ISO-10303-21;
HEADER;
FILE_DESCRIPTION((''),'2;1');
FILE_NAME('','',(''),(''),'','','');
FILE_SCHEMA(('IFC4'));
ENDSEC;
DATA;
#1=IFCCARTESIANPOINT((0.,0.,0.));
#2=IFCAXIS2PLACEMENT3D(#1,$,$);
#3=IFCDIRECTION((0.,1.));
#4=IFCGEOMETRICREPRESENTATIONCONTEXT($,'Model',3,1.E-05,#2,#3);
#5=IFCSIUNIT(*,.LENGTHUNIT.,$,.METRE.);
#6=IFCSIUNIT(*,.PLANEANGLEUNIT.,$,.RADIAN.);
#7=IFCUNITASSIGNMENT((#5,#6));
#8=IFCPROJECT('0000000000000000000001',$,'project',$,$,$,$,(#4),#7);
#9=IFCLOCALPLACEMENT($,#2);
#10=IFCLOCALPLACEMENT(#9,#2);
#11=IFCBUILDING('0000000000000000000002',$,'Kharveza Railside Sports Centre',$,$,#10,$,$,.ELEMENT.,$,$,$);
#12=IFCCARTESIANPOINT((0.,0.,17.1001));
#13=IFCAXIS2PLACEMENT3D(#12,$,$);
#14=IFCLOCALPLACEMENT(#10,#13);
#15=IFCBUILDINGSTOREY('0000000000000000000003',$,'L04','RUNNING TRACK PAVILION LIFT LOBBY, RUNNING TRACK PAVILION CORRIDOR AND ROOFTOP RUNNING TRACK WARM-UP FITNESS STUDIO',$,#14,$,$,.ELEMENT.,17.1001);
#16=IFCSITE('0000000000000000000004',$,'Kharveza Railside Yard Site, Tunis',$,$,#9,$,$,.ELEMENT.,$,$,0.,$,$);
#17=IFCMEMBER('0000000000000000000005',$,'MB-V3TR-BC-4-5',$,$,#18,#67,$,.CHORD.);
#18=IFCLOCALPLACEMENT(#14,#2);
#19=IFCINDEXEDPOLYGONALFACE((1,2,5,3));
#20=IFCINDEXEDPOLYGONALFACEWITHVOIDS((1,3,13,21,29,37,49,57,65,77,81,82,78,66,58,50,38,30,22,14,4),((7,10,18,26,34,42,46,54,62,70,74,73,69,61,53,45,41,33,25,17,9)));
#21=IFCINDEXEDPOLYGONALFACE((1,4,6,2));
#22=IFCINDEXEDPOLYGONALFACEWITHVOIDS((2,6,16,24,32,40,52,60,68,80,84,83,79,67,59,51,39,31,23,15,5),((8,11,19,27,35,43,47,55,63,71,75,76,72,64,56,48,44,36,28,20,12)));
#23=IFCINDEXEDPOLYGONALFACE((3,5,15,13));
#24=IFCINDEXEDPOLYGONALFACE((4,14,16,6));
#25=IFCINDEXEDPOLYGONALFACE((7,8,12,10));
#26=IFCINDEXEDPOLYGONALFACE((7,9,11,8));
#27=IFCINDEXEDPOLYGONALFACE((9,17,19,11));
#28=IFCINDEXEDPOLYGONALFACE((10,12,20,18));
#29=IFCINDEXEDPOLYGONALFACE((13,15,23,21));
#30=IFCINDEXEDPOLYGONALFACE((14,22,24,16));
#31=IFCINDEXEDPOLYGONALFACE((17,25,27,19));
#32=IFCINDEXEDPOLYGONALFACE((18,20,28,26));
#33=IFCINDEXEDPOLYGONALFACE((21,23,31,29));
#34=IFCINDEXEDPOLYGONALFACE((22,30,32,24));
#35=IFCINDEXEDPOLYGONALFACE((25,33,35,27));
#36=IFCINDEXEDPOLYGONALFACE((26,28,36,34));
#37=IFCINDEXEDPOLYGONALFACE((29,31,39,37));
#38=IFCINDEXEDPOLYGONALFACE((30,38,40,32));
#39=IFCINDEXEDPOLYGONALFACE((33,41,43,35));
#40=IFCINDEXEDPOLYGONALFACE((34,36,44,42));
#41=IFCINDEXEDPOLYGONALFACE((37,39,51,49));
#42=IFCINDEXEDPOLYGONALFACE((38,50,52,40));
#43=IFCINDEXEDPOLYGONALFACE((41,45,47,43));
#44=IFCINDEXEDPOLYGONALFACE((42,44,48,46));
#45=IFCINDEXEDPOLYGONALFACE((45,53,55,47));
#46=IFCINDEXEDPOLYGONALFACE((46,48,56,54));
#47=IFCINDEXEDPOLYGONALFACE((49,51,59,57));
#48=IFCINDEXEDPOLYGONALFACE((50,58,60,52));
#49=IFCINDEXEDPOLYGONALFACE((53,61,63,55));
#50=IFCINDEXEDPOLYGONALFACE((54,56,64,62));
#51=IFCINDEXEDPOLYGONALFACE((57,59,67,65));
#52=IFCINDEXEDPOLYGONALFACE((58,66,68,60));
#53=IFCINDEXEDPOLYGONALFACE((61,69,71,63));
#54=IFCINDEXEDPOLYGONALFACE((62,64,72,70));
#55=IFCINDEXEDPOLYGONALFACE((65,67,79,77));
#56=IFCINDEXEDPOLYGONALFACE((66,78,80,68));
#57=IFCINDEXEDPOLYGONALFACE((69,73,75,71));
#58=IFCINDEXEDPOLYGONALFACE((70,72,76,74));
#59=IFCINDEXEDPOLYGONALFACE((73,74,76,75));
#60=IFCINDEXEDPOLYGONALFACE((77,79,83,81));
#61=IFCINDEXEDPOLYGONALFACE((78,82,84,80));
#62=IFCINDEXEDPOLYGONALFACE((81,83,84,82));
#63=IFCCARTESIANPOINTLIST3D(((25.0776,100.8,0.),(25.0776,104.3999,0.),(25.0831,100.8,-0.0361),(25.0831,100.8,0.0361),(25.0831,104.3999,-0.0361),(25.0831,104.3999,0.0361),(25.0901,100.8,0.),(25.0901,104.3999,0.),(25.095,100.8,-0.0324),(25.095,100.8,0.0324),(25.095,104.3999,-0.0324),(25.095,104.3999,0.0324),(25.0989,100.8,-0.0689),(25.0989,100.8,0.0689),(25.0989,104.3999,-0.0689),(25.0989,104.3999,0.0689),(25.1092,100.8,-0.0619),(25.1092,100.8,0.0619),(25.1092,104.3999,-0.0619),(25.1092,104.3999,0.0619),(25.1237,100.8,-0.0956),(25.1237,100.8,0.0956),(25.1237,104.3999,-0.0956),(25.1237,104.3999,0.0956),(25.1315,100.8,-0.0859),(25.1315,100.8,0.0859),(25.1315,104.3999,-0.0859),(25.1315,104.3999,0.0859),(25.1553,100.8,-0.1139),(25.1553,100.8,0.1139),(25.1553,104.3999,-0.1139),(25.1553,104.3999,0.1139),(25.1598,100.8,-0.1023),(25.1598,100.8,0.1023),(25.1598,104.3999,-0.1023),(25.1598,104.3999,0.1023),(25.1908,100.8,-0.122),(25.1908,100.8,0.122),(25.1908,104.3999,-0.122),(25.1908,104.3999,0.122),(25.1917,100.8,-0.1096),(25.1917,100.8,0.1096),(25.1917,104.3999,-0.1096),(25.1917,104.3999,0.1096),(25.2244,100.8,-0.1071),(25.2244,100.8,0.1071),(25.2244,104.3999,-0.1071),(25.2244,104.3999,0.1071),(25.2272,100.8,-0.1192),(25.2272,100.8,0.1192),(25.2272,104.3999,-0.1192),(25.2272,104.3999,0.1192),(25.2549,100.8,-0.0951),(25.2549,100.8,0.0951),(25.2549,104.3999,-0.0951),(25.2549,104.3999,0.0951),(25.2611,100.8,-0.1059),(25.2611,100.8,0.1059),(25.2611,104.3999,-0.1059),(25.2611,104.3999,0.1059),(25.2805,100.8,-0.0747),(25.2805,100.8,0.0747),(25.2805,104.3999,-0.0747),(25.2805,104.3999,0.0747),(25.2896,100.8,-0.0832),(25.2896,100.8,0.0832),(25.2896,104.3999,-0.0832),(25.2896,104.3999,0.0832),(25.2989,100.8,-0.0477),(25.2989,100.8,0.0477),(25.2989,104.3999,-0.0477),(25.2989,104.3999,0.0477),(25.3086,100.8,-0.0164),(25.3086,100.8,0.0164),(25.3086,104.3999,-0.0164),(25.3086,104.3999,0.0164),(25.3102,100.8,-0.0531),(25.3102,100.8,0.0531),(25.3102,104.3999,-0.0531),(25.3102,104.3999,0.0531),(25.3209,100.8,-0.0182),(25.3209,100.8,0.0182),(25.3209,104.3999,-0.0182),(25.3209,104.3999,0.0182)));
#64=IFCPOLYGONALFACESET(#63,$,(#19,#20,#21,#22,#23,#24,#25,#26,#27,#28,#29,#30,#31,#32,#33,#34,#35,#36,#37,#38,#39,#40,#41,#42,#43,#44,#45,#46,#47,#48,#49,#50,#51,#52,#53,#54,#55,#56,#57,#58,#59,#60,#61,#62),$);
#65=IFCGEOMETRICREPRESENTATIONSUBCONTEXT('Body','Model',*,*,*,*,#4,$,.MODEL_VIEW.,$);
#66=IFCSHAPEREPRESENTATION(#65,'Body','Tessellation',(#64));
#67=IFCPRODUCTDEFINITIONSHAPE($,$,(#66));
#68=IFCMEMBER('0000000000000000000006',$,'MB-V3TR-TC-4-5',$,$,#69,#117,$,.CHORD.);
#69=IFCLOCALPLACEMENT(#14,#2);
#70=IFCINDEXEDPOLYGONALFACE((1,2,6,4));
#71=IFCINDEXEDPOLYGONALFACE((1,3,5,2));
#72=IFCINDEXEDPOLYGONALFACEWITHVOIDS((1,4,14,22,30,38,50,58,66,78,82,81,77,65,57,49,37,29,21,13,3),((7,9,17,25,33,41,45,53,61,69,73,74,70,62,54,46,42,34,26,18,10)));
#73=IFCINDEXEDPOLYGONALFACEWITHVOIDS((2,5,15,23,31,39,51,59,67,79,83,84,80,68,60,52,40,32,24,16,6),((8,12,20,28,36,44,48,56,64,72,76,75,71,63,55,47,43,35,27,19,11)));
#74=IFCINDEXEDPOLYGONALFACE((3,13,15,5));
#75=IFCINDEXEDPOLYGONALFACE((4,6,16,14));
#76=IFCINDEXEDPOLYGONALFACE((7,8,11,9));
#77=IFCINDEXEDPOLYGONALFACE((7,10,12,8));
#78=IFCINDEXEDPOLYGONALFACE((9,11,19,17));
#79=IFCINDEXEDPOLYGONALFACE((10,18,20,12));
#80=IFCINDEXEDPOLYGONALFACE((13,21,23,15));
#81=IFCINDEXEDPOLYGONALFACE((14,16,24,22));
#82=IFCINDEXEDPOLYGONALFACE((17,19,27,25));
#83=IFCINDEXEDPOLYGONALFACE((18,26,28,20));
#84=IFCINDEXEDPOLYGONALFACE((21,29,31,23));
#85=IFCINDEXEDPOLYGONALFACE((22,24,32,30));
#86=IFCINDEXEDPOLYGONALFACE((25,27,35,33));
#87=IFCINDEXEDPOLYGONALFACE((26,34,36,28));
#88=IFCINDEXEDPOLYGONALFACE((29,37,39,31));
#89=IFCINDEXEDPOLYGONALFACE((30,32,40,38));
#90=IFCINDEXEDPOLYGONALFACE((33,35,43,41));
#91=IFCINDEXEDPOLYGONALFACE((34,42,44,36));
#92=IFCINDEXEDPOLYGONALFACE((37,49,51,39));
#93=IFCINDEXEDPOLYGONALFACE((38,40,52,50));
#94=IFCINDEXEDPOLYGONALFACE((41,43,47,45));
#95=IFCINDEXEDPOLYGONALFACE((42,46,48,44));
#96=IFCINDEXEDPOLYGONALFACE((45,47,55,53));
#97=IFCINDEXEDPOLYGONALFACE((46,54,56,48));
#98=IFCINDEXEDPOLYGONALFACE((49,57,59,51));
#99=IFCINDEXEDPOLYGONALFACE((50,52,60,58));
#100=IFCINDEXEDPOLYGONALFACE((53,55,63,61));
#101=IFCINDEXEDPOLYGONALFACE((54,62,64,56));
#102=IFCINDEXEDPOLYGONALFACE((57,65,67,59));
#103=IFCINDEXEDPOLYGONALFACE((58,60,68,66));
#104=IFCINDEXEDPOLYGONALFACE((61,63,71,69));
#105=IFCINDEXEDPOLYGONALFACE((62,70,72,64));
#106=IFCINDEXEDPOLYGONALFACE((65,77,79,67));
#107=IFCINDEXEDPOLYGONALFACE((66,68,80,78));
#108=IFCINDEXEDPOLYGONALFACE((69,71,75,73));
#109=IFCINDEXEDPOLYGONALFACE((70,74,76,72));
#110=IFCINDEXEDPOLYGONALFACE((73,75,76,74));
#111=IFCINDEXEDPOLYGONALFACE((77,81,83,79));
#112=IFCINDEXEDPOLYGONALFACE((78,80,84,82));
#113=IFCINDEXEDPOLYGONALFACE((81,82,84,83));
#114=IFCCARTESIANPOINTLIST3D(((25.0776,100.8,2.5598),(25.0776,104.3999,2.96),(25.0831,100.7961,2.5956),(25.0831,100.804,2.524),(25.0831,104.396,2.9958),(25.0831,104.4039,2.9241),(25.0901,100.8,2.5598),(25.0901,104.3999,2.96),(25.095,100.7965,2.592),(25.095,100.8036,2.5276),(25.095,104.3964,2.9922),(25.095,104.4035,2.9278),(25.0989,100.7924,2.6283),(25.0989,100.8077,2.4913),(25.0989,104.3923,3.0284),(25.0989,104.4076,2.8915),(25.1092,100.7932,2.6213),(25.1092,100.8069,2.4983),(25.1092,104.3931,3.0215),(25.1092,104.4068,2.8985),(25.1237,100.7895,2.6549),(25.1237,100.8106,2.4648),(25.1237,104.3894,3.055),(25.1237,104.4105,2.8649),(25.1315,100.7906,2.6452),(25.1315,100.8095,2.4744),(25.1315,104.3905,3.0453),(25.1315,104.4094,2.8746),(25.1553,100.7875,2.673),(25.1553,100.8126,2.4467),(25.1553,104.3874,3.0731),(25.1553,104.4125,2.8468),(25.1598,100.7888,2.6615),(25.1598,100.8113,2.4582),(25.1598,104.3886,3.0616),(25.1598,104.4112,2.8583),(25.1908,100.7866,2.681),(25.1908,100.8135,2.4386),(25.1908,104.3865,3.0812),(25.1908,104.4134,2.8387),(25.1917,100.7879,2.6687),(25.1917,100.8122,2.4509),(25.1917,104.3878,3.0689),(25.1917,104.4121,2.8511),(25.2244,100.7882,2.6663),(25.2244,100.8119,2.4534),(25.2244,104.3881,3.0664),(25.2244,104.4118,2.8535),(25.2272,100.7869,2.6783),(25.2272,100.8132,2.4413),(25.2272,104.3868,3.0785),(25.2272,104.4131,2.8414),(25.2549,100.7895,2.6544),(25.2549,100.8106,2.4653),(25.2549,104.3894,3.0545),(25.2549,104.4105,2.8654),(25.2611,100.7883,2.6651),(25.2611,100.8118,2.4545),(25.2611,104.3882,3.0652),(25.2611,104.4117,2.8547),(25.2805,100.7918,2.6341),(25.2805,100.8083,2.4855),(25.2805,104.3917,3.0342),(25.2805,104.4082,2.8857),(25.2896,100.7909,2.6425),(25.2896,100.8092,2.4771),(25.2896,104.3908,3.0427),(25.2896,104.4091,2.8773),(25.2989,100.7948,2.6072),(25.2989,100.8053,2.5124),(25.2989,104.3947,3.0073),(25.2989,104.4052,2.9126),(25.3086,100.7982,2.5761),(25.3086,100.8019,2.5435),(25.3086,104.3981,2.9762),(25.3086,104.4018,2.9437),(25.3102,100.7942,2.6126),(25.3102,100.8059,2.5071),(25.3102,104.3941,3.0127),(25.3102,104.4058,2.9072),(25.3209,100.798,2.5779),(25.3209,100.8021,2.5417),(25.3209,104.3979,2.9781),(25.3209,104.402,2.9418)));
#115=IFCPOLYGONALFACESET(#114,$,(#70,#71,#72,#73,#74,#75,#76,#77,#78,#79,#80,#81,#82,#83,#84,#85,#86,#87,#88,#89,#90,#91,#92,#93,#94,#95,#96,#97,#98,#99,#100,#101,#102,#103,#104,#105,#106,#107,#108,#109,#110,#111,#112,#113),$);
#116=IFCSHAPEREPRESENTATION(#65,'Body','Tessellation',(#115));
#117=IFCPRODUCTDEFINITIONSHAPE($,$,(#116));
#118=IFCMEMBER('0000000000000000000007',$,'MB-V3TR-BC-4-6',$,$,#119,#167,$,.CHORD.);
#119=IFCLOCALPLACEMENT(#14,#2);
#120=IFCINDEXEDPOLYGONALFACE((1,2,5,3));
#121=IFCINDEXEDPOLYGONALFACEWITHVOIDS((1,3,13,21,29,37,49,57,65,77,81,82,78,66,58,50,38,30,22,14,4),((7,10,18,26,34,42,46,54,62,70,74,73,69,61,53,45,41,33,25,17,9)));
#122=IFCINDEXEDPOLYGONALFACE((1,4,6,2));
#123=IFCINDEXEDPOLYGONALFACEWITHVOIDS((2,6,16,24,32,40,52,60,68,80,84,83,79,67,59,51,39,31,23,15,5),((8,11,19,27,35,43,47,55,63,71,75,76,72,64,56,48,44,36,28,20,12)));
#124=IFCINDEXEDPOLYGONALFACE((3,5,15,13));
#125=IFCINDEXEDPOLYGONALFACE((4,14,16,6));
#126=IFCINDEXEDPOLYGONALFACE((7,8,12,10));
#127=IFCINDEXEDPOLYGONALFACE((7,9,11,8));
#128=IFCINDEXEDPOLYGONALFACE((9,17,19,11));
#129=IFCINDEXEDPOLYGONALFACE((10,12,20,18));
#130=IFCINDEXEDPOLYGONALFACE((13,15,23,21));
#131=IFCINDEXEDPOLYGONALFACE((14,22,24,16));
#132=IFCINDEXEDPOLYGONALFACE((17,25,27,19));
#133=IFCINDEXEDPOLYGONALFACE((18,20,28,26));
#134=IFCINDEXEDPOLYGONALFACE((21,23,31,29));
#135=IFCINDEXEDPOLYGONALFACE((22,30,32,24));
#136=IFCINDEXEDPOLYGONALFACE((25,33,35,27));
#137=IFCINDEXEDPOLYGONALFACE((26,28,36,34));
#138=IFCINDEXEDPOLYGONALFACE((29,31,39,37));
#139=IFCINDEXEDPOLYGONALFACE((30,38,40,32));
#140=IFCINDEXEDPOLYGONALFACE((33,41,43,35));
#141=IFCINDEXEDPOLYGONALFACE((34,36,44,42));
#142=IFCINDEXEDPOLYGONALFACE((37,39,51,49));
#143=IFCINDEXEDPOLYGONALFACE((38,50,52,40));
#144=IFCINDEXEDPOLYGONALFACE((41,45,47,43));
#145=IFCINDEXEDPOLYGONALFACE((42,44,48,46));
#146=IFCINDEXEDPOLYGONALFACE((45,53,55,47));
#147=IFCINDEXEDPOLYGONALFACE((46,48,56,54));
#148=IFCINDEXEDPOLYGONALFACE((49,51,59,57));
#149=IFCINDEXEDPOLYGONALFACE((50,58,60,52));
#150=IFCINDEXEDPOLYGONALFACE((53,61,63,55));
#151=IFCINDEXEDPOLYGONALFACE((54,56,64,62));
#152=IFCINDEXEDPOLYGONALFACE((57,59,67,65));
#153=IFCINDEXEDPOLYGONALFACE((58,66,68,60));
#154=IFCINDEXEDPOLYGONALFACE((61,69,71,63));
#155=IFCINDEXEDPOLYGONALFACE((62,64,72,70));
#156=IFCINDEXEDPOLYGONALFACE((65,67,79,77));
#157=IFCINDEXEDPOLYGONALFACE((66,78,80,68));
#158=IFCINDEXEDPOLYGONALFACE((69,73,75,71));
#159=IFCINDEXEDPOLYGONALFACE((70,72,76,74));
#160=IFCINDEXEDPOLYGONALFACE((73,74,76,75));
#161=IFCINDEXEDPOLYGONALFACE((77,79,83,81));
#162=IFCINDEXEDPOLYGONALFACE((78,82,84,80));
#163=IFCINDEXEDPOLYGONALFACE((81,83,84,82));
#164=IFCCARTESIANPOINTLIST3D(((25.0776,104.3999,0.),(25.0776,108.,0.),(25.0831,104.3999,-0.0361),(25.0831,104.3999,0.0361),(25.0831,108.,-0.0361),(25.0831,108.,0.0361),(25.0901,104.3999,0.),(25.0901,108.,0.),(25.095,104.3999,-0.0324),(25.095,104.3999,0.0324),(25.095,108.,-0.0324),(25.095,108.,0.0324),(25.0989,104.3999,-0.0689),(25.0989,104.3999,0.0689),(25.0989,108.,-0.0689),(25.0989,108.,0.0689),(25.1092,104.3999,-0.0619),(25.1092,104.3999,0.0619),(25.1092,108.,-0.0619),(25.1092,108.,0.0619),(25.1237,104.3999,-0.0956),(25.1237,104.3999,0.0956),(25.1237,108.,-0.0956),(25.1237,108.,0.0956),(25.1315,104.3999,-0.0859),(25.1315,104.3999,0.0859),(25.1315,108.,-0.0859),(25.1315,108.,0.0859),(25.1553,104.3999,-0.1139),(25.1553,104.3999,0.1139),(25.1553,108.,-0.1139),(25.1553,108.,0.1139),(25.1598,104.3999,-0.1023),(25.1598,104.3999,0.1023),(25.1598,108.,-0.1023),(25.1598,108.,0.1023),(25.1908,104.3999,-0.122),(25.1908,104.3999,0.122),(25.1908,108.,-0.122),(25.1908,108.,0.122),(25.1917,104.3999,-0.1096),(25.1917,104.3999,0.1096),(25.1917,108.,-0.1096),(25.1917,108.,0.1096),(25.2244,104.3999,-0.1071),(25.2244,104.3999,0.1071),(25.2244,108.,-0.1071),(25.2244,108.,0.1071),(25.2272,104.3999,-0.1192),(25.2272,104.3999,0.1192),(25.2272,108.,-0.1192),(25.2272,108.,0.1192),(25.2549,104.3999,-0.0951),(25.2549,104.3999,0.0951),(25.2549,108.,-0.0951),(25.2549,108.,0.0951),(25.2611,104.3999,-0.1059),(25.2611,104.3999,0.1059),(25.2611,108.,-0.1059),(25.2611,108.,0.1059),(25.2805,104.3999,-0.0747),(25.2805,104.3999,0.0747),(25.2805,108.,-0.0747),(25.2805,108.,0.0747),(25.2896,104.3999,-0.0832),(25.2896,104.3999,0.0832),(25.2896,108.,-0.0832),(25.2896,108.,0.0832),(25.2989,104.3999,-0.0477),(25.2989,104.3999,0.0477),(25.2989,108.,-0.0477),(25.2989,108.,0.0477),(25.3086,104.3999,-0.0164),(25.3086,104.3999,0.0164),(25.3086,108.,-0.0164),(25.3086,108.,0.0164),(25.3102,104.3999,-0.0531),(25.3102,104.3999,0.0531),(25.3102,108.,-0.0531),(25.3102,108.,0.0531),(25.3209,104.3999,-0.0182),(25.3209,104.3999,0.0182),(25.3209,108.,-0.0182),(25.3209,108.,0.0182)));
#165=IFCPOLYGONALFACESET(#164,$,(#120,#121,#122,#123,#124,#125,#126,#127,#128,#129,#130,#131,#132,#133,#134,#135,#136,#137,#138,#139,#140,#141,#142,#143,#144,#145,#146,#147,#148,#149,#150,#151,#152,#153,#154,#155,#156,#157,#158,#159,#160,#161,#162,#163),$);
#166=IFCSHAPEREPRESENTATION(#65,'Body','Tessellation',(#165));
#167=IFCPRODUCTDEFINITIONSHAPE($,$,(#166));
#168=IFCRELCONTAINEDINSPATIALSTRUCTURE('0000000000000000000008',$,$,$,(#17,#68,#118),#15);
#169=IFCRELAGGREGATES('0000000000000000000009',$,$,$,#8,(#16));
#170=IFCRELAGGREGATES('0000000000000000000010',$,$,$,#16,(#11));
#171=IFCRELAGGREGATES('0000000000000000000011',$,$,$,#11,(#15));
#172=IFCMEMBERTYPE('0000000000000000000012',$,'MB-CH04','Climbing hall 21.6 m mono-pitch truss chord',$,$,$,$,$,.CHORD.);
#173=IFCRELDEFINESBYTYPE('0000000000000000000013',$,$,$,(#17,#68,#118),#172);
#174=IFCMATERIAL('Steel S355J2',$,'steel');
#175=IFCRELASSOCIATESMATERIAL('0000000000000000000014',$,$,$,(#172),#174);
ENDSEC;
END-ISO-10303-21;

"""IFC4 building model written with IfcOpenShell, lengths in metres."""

from ifc_helpers import new_model, si_unit, direction, frame, origin, origin_2d, place, context, subcontext, project, spatial, hollow_circle, extrude, material, material_profile, profile_set, type_object, element, save


model = new_model("IFC4")

# Units and contexts
model_context = context("Model", 3, precision=1e-05, world=origin(), true_north=direction((0.0, 1.0)))
body_context = subcontext(model_context, "Body", "Model", "MODEL_VIEW")
ifc_project = project(units=[si_unit("LENGTHUNIT", "METRE"), si_unit("PLANEANGLEUNIT", "RADIAN")], contexts=[model_context])

# Site, building, storey
site_placement = place(None, origin())
site = spatial("IfcSite", under=ifc_project, at=site_placement, Name="Kharveza Railside Yard Site, Tunis", CompositionType="ELEMENT", RefElevation=0.0)
building_placement = place(site_placement, origin())
building = spatial("IfcBuilding", under=site, at=building_placement, Name="Kharveza Railside Sports Centre", CompositionType="ELEMENT")
storey_placement = place(building_placement, frame((0.0, 0.0, 17.1001)))
storey = spatial("IfcBuildingStorey", under=building, at=storey_placement, Name="L04", Description="RUNNING TRACK PAVILION LIFT LOBBY, RUNNING TRACK PAVILION CORRIDOR AND ROOFTOP RUNNING TRACK WARM-UP FITNESS STUDIO", CompositionType="ELEMENT", Elevation=17.1001)

# Members
ifc_material_1 = material(Name="Steel S355J2", Category="steel")
ifc_material_profile_1 = material_profile(ifc_material_1, hollow_circle(Radius=0.1223, WallThickness=0.0125, at=origin_2d()), Name="CHS 244.5x12.5")
ifc_profile_set_1 = profile_set([ifc_material_profile_1], Name="Steel S355J2")
member_type_1 = type_object("IfcMemberType", Name="MB-CH04", Description="Climbing hall 21.6 m mono-pitch truss chord", PredefinedType="CHORD", material=ifc_profile_set_1)
member_1_placement = place(storey_placement, frame((25.2, 100.8, 0.0), z_axis=(0.0, 1.0, 0.0), x_axis=(-1.0, 0.0, 0.0)))
element("IfcMember", 1, at=member_1_placement, inside=storey, type_object=member_type_1, Name="MB-V3TR-BC-4-5", PredefinedType="CHORD", context=body_context, shape_type="SweptSolid", body=[
    extrude(hollow_circle(Radius=0.1223, WallThickness=0.0125, at=origin_2d()), origin(), (0.0, 0.0, 1.0), 3.5999),
])
member_2_placement = place(storey_placement, frame((25.2, 100.8, 2.5598), z_axis=(0.0, 0.993879, 0.110476), x_axis=(-1.0, 0.0, 0.0)))
element("IfcMember", 2, at=member_2_placement, inside=storey, type_object=member_type_1, Name="MB-V3TR-TC-4-5", PredefinedType="CHORD", context=body_context, shape_type="SweptSolid", body=[
    extrude(hollow_circle(Radius=0.1223, WallThickness=0.0125, at=origin_2d()), origin(), (0.0, 0.0, 1.0), 3.6221),
])
member_3_placement = place(storey_placement, frame((25.2, 104.3999, 0.0), z_axis=(0.0, 1.0, 0.0), x_axis=(-1.0, 0.0, 0.0)))
element("IfcMember", 3, at=member_3_placement, inside=storey, type_object=member_type_1, Name="MB-V3TR-BC-4-6", PredefinedType="CHORD", context=body_context, shape_type="SweptSolid", body=[
    extrude(hollow_circle(Radius=0.1223, WallThickness=0.0125, at=origin_2d()), origin(), (0.0, 0.0, 1.0), 3.6001),
])

save(model, "model.ifc")
